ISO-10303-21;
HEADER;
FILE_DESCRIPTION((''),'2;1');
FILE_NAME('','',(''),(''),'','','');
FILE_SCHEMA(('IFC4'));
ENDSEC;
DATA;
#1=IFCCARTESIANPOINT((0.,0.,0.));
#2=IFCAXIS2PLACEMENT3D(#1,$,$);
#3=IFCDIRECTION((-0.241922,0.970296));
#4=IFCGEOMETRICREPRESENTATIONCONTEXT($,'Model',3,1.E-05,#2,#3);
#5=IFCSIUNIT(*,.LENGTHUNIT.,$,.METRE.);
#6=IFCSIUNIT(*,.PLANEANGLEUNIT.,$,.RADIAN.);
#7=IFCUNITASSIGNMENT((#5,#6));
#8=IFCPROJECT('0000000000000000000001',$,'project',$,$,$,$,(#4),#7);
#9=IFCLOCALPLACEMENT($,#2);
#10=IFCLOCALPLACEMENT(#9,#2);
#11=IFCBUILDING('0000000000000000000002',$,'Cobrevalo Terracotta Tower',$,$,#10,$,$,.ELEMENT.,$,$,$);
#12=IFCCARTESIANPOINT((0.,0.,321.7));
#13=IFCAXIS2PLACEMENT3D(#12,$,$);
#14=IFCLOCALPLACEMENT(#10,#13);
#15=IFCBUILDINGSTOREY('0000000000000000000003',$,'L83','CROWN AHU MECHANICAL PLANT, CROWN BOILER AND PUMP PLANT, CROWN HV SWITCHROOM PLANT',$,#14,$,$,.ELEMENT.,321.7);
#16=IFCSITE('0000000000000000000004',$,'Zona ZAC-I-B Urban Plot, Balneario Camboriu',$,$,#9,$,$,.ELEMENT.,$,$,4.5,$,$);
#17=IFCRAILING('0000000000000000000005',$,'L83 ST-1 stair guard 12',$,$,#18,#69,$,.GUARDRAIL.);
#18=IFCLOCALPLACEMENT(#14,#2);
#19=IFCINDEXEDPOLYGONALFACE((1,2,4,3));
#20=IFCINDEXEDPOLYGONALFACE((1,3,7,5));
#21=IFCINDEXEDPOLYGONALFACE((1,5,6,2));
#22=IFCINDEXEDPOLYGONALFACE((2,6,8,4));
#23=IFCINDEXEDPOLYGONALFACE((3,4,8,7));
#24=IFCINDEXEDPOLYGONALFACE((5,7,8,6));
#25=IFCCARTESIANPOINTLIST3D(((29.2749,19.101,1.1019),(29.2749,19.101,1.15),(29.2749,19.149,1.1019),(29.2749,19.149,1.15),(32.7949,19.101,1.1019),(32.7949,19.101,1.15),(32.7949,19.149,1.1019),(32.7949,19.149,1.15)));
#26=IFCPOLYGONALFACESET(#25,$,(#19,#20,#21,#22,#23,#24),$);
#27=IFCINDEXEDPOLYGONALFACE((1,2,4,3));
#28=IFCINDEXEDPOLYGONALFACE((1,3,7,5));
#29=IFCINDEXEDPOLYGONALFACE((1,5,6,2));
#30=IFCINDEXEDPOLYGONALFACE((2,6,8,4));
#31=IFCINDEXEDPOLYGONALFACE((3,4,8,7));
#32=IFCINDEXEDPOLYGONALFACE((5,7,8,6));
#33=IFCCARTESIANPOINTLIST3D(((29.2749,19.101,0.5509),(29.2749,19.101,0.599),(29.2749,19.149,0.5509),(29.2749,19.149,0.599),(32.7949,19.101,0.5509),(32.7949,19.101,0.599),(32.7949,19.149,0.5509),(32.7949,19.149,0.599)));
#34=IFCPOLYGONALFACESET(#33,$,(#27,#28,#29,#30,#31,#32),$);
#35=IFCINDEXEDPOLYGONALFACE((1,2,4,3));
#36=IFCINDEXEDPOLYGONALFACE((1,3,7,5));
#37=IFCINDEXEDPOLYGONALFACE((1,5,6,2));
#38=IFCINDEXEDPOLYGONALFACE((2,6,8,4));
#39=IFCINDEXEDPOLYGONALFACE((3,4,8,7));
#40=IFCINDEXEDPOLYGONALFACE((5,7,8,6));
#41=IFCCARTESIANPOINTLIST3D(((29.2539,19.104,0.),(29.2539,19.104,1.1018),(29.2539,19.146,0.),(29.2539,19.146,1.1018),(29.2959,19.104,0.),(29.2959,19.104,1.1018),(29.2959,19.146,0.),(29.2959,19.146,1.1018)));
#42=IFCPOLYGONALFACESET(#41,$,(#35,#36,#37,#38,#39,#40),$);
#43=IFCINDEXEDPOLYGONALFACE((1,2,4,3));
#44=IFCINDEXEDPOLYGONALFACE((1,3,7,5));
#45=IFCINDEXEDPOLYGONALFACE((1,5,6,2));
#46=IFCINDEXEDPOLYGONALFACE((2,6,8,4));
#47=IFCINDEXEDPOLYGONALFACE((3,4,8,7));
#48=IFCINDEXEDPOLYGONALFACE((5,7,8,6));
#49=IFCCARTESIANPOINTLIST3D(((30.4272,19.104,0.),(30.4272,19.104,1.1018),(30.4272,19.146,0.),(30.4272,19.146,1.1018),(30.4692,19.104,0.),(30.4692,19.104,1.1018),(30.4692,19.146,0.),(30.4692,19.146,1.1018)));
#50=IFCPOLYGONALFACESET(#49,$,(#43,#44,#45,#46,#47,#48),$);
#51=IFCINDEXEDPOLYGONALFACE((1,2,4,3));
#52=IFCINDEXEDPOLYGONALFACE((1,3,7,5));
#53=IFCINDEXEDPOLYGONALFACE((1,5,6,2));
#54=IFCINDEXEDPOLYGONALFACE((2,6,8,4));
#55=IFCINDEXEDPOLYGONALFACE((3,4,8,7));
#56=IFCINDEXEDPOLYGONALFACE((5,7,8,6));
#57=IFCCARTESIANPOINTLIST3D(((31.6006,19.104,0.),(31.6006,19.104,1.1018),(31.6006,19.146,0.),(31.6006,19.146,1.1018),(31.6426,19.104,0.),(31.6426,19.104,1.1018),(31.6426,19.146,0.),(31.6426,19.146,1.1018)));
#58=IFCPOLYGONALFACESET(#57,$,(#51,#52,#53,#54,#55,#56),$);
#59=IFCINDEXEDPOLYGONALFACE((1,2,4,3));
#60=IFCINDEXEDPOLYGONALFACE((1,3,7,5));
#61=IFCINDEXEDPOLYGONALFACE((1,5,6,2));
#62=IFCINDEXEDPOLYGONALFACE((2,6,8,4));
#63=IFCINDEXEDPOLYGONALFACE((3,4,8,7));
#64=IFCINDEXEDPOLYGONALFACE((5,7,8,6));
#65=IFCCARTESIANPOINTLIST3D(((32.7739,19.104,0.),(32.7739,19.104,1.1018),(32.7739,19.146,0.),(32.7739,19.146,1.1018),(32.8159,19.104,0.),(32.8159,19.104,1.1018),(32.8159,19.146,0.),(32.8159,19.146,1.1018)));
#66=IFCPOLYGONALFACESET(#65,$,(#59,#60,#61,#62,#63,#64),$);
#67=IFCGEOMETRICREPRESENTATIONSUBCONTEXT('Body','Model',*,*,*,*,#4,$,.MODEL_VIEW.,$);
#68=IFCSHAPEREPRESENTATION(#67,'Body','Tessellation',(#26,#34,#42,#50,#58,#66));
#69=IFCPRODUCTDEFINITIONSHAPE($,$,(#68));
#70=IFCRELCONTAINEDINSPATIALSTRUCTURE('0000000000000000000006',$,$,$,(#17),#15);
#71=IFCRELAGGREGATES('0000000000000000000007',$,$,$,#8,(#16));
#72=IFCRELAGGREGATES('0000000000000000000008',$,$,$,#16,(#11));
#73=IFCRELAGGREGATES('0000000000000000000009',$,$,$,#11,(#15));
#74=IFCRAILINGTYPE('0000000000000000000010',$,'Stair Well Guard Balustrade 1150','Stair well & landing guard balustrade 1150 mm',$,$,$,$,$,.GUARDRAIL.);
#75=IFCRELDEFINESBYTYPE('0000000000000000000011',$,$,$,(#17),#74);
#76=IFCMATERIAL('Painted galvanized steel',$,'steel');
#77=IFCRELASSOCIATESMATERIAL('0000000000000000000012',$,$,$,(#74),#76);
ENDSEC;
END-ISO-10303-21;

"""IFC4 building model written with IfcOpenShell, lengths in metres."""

from ifc_helpers import new_model, si_unit, direction, frame, origin, origin_2d, place, context, subcontext, project, spatial, rectangle, extrude, material, type_object, element, save


model = new_model("IFC4")

# Units and contexts
model_context = context("Model", 3, precision=1e-05, world=origin(), true_north=direction((-0.241922, 0.970296)))
body_context = subcontext(model_context, "Body", "Model", "MODEL_VIEW")
ifc_project = project(units=[si_unit("LENGTHUNIT", "METRE"), si_unit("PLANEANGLEUNIT", "RADIAN")], contexts=[model_context])

# Site, building, storey
site_placement = place(None, origin())
site = spatial("IfcSite", under=ifc_project, at=site_placement, Name="Zona ZAC-I-B Urban Plot, Balneario Camboriu", CompositionType="ELEMENT", RefElevation=4.5)
building_placement = place(site_placement, origin())
building = spatial("IfcBuilding", under=site, at=building_placement, Name="Cobrevalo Terracotta Tower", CompositionType="ELEMENT")
storey_placement = place(building_placement, frame((0.0, 0.0, 321.7)))
storey = spatial("IfcBuildingStorey", under=building, at=storey_placement, Name="L83", Description="CROWN AHU MECHANICAL PLANT, CROWN BOILER AND PUMP PLANT, CROWN HV SWITCHROOM PLANT", CompositionType="ELEMENT", Elevation=321.7)

# Railing
ifc_material_1 = material(Name="Painted galvanized steel", Category="steel")
railing_type_1 = type_object("IfcRailingType", Name="Stair Well Guard Balustrade 1150", Description="Stair well & landing guard balustrade 1150 mm", PredefinedType="GUARDRAIL", material=ifc_material_1)
railing_1_placement = place(storey_placement, frame((29.2749, 19.125, 0.0)))
element("IfcRailing", 1, at=railing_1_placement, inside=storey, type_object=railing_type_1, Name="L83 ST-1 stair guard 12", PredefinedType="GUARDRAIL", context=body_context, shape_type="SweptSolid", body=[
    extrude(rectangle(XDim=0.0481, YDim=0.0481, at=origin_2d()), frame((0.0, 0.0, 1.126), z_axis=(1.0, 0.0, 0.0), x_axis=(0.0, 1.0, 0.0)), (0.0, 0.0, 1.0), 3.52),
    extrude(rectangle(XDim=0.0481, YDim=0.0481, at=origin_2d()), frame((0.0, 0.0, 0.575), z_axis=(1.0, 0.0, 0.0), x_axis=(0.0, 1.0, 0.0)), (0.0, 0.0, 1.0), 3.52),
    extrude(rectangle(XDim=0.042, YDim=0.042, at=origin_2d()), origin(), (0.0, 0.0, 1.0), 1.1018),
    extrude(rectangle(XDim=0.042, YDim=0.042, at=origin_2d()), frame((1.1733, 0.0, 0.0)), (0.0, 0.0, 1.0), 1.1018),
    extrude(rectangle(XDim=0.042, YDim=0.042, at=origin_2d()), frame((2.3467, 0.0, 0.0)), (0.0, 0.0, 1.0), 1.1018),
    extrude(rectangle(XDim=0.042, YDim=0.042, at=origin_2d()), frame((3.52, 0.0, 0.0)), (0.0, 0.0, 1.0), 1.1018),
])

save(model, "model.ifc")
